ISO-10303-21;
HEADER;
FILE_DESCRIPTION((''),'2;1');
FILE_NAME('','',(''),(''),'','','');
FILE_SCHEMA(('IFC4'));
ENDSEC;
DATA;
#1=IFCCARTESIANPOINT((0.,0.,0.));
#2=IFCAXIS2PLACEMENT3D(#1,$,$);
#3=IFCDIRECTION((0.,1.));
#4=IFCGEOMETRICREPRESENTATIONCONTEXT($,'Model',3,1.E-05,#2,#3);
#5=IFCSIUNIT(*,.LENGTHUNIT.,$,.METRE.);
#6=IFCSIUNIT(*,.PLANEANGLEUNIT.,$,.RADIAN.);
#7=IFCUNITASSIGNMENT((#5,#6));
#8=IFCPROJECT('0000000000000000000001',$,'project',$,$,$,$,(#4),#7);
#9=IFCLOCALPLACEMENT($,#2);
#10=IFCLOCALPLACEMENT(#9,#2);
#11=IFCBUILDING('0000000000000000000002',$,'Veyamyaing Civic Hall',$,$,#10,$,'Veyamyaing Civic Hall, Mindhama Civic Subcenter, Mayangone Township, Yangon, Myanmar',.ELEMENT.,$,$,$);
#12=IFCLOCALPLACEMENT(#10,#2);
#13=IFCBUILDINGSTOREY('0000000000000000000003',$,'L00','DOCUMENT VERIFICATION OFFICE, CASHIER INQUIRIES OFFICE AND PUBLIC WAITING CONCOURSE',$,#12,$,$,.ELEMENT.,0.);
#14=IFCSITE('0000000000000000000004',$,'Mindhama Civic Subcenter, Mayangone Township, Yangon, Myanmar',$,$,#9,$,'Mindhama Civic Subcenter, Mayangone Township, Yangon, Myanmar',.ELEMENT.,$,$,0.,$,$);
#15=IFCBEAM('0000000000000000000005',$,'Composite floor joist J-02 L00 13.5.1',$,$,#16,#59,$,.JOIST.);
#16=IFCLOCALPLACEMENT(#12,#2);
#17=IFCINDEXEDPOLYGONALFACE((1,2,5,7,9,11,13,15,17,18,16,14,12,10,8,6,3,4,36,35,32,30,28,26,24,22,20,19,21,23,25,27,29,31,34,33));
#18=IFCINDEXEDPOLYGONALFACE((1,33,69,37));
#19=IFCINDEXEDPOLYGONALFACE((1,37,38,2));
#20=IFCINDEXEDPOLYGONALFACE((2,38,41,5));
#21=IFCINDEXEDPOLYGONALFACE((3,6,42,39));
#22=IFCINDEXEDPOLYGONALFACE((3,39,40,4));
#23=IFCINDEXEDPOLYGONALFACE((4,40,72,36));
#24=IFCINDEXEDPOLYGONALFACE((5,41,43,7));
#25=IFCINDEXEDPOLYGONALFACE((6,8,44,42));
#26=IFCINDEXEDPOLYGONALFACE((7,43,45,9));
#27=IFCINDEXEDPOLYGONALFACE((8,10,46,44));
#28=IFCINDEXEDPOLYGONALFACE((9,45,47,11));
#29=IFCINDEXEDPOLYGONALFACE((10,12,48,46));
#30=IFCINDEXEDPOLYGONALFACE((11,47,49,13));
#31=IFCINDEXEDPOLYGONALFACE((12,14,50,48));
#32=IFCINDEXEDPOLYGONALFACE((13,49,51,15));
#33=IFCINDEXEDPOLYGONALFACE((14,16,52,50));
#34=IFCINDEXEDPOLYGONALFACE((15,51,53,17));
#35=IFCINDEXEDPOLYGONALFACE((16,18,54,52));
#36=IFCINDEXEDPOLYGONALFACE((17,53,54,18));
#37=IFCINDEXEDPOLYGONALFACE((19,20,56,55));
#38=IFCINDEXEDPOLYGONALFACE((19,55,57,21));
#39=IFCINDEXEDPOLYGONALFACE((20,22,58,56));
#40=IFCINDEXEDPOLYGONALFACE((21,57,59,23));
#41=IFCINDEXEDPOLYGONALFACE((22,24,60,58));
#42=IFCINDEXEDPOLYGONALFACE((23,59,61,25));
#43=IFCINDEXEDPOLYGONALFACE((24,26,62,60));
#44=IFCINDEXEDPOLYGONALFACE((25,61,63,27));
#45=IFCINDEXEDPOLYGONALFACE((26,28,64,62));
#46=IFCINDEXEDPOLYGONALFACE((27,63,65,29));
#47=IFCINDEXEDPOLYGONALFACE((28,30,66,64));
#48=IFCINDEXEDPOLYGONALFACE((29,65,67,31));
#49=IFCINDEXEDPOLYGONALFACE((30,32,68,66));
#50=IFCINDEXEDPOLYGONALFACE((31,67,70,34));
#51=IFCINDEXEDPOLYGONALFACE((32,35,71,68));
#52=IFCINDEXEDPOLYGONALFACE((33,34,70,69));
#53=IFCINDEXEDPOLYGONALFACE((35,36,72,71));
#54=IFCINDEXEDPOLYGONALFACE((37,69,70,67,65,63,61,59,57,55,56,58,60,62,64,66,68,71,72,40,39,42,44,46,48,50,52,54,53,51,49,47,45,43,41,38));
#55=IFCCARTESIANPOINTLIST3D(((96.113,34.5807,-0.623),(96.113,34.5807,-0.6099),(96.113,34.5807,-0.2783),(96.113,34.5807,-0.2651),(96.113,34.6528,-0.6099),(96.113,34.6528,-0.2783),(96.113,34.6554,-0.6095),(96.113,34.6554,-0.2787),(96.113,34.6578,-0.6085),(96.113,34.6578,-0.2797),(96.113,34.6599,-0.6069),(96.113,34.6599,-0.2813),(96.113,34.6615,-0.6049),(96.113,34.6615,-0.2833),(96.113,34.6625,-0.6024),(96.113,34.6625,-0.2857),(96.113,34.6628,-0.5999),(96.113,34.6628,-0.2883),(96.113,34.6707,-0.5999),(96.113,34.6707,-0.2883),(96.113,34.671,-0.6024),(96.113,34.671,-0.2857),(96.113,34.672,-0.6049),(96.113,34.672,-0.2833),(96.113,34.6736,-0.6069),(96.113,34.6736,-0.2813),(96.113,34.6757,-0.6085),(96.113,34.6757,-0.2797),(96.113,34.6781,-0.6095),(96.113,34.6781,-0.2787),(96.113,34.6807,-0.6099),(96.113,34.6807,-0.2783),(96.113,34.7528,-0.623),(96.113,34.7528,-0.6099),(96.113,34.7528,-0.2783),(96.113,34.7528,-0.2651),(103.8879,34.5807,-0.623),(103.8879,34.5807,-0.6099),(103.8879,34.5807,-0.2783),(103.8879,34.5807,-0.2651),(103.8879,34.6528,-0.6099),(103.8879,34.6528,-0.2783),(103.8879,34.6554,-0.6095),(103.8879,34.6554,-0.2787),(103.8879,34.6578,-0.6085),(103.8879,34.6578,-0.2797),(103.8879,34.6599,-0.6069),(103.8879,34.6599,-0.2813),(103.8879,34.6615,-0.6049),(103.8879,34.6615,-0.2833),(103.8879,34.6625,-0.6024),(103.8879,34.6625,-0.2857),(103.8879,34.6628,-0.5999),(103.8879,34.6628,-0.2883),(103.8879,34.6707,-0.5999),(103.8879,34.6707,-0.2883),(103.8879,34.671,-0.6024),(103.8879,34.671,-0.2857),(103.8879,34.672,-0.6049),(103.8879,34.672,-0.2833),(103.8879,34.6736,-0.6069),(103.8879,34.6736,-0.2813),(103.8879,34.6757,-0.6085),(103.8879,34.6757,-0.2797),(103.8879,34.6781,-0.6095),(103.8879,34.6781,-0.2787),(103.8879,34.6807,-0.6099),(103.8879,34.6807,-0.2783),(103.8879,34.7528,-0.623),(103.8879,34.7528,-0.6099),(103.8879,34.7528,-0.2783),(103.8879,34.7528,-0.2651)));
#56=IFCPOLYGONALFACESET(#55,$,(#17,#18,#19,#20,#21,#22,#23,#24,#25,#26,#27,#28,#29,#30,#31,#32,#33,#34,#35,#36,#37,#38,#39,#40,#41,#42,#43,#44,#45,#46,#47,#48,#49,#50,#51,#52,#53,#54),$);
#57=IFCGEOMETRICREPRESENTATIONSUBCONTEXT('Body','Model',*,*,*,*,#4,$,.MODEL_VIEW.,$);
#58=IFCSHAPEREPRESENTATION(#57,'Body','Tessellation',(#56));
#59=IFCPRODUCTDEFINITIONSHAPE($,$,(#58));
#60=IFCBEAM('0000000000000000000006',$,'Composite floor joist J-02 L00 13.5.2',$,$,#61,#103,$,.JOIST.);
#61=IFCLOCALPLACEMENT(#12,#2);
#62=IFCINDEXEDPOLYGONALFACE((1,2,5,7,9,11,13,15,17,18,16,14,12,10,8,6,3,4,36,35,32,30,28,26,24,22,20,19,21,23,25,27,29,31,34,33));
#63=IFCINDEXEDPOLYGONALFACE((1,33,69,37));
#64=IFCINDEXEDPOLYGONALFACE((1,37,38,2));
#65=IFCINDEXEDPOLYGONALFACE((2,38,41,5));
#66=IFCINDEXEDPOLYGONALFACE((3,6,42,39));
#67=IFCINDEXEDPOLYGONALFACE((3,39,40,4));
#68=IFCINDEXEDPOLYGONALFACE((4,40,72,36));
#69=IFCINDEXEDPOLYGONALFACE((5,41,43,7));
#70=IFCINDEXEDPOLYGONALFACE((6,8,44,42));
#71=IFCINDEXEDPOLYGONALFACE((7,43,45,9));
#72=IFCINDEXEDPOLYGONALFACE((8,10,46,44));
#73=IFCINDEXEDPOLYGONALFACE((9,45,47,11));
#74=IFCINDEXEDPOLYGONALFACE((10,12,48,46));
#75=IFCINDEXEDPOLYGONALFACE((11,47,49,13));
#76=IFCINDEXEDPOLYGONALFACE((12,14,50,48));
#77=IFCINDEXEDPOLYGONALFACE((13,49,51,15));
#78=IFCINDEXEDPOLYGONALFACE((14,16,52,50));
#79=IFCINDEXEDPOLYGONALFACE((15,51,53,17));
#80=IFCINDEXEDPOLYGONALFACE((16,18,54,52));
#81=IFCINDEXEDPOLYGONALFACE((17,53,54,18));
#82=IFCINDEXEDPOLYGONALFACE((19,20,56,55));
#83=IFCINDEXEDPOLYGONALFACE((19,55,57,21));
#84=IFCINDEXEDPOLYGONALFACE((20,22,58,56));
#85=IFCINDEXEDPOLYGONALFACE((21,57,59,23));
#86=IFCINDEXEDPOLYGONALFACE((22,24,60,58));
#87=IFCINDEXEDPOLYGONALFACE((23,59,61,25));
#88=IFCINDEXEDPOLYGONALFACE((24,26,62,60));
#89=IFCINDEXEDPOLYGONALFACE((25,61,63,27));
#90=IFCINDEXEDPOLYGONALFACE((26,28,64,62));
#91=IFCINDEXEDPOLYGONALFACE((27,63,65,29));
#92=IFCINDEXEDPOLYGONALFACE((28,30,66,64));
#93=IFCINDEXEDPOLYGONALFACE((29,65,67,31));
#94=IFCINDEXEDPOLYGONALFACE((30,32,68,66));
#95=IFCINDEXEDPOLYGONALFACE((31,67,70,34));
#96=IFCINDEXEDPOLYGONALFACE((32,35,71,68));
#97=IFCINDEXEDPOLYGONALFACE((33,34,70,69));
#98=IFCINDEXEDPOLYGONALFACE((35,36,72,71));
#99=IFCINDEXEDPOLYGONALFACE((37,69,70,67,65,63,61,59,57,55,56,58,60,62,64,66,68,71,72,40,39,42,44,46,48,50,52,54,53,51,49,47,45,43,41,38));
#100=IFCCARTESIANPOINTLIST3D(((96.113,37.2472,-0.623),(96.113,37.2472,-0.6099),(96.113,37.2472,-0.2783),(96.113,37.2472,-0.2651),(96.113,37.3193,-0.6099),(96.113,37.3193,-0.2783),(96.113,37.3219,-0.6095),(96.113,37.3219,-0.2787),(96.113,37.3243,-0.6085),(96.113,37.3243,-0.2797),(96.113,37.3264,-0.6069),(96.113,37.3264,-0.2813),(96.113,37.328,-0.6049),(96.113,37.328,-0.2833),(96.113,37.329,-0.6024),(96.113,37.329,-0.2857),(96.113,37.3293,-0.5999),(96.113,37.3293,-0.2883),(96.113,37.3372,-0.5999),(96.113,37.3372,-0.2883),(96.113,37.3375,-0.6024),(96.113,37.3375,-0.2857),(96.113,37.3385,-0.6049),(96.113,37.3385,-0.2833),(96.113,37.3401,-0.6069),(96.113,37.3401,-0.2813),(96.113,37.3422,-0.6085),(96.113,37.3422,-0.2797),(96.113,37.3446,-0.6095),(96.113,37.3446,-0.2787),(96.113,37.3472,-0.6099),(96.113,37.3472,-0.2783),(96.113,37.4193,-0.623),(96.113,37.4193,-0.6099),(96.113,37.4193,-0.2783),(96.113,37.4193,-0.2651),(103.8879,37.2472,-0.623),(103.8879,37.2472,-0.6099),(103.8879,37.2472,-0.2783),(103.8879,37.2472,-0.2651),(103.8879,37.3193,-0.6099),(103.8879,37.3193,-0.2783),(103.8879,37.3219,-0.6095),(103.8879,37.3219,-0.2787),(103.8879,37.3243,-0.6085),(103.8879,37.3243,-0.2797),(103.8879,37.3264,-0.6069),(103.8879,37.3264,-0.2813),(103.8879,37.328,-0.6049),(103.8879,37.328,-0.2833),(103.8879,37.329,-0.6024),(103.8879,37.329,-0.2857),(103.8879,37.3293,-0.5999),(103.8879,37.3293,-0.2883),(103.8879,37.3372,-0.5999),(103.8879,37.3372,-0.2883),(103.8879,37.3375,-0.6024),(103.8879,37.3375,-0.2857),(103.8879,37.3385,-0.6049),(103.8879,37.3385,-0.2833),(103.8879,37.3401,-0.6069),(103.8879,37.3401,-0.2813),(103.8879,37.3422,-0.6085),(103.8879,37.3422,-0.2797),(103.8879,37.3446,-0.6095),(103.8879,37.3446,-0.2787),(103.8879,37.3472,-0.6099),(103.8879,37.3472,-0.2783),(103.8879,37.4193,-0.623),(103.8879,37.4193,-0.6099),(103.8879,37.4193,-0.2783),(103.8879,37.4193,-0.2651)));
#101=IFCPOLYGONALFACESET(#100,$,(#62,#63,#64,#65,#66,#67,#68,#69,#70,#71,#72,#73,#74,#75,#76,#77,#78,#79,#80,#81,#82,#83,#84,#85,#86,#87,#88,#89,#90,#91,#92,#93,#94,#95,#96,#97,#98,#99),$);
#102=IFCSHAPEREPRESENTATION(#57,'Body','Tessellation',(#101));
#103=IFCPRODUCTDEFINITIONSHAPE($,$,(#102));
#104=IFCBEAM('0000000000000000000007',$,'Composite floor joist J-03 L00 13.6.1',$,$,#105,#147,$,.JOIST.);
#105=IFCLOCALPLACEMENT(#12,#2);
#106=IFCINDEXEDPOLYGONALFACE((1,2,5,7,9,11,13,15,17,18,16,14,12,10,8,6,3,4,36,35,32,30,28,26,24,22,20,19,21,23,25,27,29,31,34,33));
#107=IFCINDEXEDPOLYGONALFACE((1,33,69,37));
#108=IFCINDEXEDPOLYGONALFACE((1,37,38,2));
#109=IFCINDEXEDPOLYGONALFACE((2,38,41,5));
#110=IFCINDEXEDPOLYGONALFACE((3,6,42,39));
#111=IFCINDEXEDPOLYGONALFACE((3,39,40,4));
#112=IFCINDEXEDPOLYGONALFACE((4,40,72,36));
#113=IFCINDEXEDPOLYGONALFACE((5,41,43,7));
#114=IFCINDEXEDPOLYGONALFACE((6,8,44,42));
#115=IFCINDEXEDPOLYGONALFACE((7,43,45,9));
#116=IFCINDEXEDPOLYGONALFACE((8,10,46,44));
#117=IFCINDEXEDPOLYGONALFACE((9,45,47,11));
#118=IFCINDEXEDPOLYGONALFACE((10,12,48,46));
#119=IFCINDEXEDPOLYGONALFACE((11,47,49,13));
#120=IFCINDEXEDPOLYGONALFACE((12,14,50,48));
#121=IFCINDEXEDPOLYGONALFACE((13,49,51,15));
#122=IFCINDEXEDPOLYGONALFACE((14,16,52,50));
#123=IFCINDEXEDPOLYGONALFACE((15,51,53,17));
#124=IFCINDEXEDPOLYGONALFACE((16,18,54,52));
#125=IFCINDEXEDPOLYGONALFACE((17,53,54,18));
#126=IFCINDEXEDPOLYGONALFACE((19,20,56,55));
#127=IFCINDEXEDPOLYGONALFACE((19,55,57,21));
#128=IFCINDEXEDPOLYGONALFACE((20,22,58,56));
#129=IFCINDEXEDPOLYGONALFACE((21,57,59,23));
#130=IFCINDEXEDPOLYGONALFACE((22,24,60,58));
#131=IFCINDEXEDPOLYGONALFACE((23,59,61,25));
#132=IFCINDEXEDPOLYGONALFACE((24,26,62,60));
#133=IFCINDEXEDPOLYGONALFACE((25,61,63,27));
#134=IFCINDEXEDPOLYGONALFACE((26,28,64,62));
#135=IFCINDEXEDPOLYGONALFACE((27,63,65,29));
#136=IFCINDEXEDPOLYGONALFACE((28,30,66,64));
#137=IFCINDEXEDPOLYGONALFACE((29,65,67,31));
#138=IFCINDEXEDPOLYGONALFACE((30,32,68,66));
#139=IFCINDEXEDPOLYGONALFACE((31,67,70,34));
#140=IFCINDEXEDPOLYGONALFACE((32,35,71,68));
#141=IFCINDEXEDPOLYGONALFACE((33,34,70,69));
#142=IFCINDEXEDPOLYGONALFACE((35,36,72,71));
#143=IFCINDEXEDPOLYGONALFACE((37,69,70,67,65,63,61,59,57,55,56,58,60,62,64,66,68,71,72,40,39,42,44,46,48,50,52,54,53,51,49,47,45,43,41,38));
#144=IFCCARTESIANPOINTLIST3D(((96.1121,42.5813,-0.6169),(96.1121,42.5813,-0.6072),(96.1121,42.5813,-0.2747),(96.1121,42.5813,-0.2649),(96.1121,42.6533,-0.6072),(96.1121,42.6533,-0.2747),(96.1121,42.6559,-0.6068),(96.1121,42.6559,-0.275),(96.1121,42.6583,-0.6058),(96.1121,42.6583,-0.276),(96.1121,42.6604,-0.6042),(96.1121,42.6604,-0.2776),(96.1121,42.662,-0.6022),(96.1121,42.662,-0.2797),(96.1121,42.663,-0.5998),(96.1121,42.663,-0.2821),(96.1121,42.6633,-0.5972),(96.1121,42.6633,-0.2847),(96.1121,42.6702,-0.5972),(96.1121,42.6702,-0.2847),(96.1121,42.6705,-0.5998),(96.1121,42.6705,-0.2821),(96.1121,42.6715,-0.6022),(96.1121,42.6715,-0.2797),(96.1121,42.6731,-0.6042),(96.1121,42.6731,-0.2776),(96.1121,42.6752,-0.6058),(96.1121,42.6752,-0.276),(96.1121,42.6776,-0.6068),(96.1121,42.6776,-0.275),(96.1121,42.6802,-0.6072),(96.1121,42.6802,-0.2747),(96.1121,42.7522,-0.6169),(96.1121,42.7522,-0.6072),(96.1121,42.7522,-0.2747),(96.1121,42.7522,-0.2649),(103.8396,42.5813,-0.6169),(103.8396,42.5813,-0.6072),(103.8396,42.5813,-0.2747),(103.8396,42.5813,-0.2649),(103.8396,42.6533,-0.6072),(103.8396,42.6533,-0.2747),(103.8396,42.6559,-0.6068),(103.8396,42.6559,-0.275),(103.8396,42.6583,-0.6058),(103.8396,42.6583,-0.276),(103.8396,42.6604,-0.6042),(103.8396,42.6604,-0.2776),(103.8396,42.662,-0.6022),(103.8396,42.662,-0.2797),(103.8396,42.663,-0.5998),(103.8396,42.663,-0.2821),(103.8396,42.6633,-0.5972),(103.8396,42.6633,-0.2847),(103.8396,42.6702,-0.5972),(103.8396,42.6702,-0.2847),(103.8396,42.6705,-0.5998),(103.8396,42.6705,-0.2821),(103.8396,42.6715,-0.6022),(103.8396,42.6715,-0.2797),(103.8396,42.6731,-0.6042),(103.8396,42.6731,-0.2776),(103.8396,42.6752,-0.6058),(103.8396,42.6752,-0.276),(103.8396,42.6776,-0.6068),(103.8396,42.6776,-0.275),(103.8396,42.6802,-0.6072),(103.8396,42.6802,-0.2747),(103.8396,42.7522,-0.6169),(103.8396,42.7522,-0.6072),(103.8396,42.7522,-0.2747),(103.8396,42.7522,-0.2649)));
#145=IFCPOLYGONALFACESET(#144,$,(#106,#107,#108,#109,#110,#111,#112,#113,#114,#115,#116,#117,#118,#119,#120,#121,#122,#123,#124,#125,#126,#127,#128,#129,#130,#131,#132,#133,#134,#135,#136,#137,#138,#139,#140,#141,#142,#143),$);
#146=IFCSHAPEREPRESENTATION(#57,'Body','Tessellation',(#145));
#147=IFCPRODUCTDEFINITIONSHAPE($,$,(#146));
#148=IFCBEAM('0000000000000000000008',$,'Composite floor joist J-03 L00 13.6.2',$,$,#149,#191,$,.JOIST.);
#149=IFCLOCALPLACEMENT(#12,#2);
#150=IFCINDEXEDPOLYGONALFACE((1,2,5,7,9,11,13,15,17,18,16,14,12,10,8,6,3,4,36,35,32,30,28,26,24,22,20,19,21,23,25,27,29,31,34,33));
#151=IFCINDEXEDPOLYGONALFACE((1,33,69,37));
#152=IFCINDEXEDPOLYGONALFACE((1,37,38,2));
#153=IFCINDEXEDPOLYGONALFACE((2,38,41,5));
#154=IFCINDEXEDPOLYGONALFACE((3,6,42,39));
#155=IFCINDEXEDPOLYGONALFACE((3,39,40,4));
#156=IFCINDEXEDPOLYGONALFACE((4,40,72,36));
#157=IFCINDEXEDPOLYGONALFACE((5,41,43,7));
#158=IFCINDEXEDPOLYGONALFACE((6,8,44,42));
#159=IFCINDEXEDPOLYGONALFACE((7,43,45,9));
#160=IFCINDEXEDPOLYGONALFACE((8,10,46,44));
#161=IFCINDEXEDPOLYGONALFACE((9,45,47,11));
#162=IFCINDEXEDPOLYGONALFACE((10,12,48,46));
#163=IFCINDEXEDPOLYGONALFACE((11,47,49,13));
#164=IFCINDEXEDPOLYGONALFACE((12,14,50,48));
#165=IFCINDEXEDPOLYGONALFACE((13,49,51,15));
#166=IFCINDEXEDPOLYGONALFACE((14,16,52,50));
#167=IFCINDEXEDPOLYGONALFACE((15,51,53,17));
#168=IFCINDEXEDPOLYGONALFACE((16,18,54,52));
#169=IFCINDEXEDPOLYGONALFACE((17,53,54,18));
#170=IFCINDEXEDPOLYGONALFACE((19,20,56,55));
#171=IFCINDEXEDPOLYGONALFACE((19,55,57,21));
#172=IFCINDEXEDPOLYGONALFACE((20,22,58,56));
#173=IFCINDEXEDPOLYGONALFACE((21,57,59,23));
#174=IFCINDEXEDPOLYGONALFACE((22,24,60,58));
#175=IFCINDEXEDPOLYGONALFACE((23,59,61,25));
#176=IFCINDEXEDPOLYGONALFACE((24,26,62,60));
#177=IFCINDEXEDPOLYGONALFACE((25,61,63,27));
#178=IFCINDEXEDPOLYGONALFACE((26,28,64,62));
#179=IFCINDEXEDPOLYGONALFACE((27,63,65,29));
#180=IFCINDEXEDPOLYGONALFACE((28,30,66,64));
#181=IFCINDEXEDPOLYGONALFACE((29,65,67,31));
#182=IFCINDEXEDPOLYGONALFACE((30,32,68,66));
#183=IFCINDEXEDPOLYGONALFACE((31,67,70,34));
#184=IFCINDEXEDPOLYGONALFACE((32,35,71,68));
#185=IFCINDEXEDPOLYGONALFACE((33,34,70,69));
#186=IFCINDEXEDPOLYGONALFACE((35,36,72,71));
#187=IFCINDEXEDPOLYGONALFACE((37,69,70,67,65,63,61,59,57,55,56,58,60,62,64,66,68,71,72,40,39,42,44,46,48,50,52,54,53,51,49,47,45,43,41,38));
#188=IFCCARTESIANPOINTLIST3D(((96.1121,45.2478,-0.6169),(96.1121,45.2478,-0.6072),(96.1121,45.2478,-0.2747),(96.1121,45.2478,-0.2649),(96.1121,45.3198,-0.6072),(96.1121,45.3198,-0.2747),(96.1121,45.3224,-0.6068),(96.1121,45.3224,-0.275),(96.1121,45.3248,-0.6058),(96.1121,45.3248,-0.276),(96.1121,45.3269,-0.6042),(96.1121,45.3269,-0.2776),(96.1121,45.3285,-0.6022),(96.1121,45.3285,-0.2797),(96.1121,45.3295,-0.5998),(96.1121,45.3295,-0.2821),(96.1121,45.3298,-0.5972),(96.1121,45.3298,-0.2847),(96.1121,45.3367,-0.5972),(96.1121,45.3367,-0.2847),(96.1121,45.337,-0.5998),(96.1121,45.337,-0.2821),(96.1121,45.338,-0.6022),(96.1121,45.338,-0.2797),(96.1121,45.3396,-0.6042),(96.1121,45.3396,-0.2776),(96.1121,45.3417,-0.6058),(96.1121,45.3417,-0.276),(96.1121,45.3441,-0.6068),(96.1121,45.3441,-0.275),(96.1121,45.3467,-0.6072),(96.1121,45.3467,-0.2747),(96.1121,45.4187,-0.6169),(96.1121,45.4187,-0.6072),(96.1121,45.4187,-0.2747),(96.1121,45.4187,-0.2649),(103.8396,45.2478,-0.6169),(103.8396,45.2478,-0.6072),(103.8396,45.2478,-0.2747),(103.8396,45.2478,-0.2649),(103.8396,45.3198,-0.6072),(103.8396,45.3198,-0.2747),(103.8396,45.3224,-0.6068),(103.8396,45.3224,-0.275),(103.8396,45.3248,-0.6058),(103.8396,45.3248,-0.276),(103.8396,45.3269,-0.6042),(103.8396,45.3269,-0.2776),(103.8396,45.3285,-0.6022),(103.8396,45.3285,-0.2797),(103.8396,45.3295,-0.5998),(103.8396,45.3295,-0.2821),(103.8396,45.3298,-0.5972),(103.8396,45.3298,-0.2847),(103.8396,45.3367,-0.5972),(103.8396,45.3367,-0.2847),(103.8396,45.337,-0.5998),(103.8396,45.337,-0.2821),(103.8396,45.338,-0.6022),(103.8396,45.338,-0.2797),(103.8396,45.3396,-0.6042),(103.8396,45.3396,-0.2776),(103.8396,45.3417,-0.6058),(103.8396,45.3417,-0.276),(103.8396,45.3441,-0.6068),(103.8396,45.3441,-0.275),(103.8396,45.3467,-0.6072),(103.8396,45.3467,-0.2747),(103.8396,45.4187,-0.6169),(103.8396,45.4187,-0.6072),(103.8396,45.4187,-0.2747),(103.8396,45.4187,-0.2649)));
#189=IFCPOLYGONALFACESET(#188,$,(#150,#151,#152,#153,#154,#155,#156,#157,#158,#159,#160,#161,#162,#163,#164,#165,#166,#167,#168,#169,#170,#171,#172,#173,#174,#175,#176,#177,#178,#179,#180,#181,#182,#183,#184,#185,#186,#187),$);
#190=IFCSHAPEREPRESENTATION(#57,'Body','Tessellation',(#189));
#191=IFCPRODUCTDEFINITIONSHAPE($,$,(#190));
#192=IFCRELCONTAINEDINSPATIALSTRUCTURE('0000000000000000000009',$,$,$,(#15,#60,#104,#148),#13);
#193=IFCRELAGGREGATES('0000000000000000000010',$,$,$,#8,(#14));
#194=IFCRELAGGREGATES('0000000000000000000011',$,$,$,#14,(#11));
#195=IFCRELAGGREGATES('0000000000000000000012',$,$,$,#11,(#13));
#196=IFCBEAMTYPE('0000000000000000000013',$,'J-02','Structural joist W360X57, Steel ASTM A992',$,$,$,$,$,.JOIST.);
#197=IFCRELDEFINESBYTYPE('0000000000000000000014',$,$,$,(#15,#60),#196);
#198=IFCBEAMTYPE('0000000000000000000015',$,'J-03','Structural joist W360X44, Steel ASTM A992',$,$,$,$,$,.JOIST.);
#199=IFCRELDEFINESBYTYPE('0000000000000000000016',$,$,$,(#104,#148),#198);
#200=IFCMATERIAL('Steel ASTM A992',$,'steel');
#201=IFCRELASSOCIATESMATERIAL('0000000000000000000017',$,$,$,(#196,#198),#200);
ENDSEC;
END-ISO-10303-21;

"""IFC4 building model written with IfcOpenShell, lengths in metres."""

from ifc_helpers import new_model, si_unit, direction, frame, origin, origin_2d, place, context, subcontext, project, spatial, i_section, extrude, material, material_profile, profile_set, type_object, element, save


model = new_model("IFC4")

# Units and contexts
model_context = context("Model", 3, precision=1e-05, world=origin(), true_north=direction((0.0, 1.0)))
body_context = subcontext(model_context, "Body", "Model", "MODEL_VIEW")
ifc_project = project(units=[si_unit("LENGTHUNIT", "METRE"), si_unit("PLANEANGLEUNIT", "RADIAN")], contexts=[model_context])

# Site, building, storey
site_placement = place(None, origin())
site = spatial("IfcSite", under=ifc_project, at=site_placement, Name="Mindhama Civic Subcenter, Mayangone Township, Yangon, Myanmar", LongName="Mindhama Civic Subcenter, Mayangone Township, Yangon, Myanmar", CompositionType="ELEMENT", RefElevation=0.0)
building_placement = place(site_placement, origin())
building = spatial("IfcBuilding", under=site, at=building_placement, Name="Veyamyaing Civic Hall", LongName="Veyamyaing Civic Hall, Mindhama Civic Subcenter, Mayangone Township, Yangon, Myanmar", CompositionType="ELEMENT")
storey_placement = place(building_placement, origin())
storey = spatial("IfcBuildingStorey", under=building, at=storey_placement, Name="L00", Description="DOCUMENT VERIFICATION OFFICE, CASHIER INQUIRIES OFFICE AND PUBLIC WAITING CONCOURSE", CompositionType="ELEMENT", Elevation=0.0)

# Beams
ifc_material_1 = material(Name="Steel ASTM A992", Category="steel")
ifc_material_profile_1 = material_profile(ifc_material_1, i_section(OverallWidth=0.1721, OverallDepth=0.3579, WebThickness=0.0078, FlangeThickness=0.0132, FilletRadius=0.01, at=origin_2d()), Name="W360X57")
ifc_profile_set_1 = profile_set([ifc_material_profile_1], Name="Steel ASTM A992")
beam_type_1 = type_object("IfcBeamType", Name="J-02", Description="Structural joist W360X57, Steel ASTM A992", PredefinedType="JOIST", material=ifc_profile_set_1)
for number, where, z_axis, x_axis, name in (
    (1, (96.113, 34.6667, -0.4441), (1.0, 0.0, 0.0), (0.0, 1.0, 0.0), "Composite floor joist J-02 L00 13.5.1"),
    (2, (96.113, 37.3333, -0.4441), (1.0, 0.0, 0.0), (0.0, 1.0, 0.0), "Composite floor joist J-02 L00 13.5.2"),
):
    element("IfcBeam", number, at=place(storey_placement, frame(where, z_axis=z_axis, x_axis=x_axis)), inside=storey, type_object=beam_type_1, Name=name, PredefinedType="JOIST", context=body_context, shape_type="SweptSolid", body=[
        extrude(i_section(OverallWidth=0.1721, OverallDepth=0.3579, WebThickness=0.0078, FlangeThickness=0.0132, FilletRadius=0.01, at=origin_2d()), origin(), (0.0, 0.0, 1.0), 7.7749),
    ])
ifc_material_profile_2 = material_profile(ifc_material_1, i_section(OverallWidth=0.1709, OverallDepth=0.3521, WebThickness=0.0068, FlangeThickness=0.0098, FilletRadius=0.01, at=origin_2d()), Name="W360X44")
ifc_profile_set_2 = profile_set([ifc_material_profile_2], Name="Steel ASTM A992")
beam_type_2 = type_object("IfcBeamType", Name="J-03", Description="Structural joist W360X44, Steel ASTM A992", PredefinedType="JOIST", material=ifc_profile_set_2)
for number, where, z_axis, x_axis, name in (
    (3, (96.1121, 42.6667, -0.4409), (1.0, 0.0, 0.0), (0.0, 1.0, 0.0), "Composite floor joist J-03 L00 13.6.1"),
    (4, (96.1121, 45.3333, -0.4409), (1.0, 0.0, 0.0), (0.0, 1.0, 0.0), "Composite floor joist J-03 L00 13.6.2"),
):
    element("IfcBeam", number, at=place(storey_placement, frame(where, z_axis=z_axis, x_axis=x_axis)), inside=storey, type_object=beam_type_2, Name=name, PredefinedType="JOIST", context=body_context, shape_type="SweptSolid", body=[
        extrude(i_section(OverallWidth=0.1709, OverallDepth=0.3521, WebThickness=0.0068, FlangeThickness=0.0098, FilletRadius=0.01, at=origin_2d()), origin(), (0.0, 0.0, 1.0), 7.7275),
    ])

save(model, "model.ifc")
